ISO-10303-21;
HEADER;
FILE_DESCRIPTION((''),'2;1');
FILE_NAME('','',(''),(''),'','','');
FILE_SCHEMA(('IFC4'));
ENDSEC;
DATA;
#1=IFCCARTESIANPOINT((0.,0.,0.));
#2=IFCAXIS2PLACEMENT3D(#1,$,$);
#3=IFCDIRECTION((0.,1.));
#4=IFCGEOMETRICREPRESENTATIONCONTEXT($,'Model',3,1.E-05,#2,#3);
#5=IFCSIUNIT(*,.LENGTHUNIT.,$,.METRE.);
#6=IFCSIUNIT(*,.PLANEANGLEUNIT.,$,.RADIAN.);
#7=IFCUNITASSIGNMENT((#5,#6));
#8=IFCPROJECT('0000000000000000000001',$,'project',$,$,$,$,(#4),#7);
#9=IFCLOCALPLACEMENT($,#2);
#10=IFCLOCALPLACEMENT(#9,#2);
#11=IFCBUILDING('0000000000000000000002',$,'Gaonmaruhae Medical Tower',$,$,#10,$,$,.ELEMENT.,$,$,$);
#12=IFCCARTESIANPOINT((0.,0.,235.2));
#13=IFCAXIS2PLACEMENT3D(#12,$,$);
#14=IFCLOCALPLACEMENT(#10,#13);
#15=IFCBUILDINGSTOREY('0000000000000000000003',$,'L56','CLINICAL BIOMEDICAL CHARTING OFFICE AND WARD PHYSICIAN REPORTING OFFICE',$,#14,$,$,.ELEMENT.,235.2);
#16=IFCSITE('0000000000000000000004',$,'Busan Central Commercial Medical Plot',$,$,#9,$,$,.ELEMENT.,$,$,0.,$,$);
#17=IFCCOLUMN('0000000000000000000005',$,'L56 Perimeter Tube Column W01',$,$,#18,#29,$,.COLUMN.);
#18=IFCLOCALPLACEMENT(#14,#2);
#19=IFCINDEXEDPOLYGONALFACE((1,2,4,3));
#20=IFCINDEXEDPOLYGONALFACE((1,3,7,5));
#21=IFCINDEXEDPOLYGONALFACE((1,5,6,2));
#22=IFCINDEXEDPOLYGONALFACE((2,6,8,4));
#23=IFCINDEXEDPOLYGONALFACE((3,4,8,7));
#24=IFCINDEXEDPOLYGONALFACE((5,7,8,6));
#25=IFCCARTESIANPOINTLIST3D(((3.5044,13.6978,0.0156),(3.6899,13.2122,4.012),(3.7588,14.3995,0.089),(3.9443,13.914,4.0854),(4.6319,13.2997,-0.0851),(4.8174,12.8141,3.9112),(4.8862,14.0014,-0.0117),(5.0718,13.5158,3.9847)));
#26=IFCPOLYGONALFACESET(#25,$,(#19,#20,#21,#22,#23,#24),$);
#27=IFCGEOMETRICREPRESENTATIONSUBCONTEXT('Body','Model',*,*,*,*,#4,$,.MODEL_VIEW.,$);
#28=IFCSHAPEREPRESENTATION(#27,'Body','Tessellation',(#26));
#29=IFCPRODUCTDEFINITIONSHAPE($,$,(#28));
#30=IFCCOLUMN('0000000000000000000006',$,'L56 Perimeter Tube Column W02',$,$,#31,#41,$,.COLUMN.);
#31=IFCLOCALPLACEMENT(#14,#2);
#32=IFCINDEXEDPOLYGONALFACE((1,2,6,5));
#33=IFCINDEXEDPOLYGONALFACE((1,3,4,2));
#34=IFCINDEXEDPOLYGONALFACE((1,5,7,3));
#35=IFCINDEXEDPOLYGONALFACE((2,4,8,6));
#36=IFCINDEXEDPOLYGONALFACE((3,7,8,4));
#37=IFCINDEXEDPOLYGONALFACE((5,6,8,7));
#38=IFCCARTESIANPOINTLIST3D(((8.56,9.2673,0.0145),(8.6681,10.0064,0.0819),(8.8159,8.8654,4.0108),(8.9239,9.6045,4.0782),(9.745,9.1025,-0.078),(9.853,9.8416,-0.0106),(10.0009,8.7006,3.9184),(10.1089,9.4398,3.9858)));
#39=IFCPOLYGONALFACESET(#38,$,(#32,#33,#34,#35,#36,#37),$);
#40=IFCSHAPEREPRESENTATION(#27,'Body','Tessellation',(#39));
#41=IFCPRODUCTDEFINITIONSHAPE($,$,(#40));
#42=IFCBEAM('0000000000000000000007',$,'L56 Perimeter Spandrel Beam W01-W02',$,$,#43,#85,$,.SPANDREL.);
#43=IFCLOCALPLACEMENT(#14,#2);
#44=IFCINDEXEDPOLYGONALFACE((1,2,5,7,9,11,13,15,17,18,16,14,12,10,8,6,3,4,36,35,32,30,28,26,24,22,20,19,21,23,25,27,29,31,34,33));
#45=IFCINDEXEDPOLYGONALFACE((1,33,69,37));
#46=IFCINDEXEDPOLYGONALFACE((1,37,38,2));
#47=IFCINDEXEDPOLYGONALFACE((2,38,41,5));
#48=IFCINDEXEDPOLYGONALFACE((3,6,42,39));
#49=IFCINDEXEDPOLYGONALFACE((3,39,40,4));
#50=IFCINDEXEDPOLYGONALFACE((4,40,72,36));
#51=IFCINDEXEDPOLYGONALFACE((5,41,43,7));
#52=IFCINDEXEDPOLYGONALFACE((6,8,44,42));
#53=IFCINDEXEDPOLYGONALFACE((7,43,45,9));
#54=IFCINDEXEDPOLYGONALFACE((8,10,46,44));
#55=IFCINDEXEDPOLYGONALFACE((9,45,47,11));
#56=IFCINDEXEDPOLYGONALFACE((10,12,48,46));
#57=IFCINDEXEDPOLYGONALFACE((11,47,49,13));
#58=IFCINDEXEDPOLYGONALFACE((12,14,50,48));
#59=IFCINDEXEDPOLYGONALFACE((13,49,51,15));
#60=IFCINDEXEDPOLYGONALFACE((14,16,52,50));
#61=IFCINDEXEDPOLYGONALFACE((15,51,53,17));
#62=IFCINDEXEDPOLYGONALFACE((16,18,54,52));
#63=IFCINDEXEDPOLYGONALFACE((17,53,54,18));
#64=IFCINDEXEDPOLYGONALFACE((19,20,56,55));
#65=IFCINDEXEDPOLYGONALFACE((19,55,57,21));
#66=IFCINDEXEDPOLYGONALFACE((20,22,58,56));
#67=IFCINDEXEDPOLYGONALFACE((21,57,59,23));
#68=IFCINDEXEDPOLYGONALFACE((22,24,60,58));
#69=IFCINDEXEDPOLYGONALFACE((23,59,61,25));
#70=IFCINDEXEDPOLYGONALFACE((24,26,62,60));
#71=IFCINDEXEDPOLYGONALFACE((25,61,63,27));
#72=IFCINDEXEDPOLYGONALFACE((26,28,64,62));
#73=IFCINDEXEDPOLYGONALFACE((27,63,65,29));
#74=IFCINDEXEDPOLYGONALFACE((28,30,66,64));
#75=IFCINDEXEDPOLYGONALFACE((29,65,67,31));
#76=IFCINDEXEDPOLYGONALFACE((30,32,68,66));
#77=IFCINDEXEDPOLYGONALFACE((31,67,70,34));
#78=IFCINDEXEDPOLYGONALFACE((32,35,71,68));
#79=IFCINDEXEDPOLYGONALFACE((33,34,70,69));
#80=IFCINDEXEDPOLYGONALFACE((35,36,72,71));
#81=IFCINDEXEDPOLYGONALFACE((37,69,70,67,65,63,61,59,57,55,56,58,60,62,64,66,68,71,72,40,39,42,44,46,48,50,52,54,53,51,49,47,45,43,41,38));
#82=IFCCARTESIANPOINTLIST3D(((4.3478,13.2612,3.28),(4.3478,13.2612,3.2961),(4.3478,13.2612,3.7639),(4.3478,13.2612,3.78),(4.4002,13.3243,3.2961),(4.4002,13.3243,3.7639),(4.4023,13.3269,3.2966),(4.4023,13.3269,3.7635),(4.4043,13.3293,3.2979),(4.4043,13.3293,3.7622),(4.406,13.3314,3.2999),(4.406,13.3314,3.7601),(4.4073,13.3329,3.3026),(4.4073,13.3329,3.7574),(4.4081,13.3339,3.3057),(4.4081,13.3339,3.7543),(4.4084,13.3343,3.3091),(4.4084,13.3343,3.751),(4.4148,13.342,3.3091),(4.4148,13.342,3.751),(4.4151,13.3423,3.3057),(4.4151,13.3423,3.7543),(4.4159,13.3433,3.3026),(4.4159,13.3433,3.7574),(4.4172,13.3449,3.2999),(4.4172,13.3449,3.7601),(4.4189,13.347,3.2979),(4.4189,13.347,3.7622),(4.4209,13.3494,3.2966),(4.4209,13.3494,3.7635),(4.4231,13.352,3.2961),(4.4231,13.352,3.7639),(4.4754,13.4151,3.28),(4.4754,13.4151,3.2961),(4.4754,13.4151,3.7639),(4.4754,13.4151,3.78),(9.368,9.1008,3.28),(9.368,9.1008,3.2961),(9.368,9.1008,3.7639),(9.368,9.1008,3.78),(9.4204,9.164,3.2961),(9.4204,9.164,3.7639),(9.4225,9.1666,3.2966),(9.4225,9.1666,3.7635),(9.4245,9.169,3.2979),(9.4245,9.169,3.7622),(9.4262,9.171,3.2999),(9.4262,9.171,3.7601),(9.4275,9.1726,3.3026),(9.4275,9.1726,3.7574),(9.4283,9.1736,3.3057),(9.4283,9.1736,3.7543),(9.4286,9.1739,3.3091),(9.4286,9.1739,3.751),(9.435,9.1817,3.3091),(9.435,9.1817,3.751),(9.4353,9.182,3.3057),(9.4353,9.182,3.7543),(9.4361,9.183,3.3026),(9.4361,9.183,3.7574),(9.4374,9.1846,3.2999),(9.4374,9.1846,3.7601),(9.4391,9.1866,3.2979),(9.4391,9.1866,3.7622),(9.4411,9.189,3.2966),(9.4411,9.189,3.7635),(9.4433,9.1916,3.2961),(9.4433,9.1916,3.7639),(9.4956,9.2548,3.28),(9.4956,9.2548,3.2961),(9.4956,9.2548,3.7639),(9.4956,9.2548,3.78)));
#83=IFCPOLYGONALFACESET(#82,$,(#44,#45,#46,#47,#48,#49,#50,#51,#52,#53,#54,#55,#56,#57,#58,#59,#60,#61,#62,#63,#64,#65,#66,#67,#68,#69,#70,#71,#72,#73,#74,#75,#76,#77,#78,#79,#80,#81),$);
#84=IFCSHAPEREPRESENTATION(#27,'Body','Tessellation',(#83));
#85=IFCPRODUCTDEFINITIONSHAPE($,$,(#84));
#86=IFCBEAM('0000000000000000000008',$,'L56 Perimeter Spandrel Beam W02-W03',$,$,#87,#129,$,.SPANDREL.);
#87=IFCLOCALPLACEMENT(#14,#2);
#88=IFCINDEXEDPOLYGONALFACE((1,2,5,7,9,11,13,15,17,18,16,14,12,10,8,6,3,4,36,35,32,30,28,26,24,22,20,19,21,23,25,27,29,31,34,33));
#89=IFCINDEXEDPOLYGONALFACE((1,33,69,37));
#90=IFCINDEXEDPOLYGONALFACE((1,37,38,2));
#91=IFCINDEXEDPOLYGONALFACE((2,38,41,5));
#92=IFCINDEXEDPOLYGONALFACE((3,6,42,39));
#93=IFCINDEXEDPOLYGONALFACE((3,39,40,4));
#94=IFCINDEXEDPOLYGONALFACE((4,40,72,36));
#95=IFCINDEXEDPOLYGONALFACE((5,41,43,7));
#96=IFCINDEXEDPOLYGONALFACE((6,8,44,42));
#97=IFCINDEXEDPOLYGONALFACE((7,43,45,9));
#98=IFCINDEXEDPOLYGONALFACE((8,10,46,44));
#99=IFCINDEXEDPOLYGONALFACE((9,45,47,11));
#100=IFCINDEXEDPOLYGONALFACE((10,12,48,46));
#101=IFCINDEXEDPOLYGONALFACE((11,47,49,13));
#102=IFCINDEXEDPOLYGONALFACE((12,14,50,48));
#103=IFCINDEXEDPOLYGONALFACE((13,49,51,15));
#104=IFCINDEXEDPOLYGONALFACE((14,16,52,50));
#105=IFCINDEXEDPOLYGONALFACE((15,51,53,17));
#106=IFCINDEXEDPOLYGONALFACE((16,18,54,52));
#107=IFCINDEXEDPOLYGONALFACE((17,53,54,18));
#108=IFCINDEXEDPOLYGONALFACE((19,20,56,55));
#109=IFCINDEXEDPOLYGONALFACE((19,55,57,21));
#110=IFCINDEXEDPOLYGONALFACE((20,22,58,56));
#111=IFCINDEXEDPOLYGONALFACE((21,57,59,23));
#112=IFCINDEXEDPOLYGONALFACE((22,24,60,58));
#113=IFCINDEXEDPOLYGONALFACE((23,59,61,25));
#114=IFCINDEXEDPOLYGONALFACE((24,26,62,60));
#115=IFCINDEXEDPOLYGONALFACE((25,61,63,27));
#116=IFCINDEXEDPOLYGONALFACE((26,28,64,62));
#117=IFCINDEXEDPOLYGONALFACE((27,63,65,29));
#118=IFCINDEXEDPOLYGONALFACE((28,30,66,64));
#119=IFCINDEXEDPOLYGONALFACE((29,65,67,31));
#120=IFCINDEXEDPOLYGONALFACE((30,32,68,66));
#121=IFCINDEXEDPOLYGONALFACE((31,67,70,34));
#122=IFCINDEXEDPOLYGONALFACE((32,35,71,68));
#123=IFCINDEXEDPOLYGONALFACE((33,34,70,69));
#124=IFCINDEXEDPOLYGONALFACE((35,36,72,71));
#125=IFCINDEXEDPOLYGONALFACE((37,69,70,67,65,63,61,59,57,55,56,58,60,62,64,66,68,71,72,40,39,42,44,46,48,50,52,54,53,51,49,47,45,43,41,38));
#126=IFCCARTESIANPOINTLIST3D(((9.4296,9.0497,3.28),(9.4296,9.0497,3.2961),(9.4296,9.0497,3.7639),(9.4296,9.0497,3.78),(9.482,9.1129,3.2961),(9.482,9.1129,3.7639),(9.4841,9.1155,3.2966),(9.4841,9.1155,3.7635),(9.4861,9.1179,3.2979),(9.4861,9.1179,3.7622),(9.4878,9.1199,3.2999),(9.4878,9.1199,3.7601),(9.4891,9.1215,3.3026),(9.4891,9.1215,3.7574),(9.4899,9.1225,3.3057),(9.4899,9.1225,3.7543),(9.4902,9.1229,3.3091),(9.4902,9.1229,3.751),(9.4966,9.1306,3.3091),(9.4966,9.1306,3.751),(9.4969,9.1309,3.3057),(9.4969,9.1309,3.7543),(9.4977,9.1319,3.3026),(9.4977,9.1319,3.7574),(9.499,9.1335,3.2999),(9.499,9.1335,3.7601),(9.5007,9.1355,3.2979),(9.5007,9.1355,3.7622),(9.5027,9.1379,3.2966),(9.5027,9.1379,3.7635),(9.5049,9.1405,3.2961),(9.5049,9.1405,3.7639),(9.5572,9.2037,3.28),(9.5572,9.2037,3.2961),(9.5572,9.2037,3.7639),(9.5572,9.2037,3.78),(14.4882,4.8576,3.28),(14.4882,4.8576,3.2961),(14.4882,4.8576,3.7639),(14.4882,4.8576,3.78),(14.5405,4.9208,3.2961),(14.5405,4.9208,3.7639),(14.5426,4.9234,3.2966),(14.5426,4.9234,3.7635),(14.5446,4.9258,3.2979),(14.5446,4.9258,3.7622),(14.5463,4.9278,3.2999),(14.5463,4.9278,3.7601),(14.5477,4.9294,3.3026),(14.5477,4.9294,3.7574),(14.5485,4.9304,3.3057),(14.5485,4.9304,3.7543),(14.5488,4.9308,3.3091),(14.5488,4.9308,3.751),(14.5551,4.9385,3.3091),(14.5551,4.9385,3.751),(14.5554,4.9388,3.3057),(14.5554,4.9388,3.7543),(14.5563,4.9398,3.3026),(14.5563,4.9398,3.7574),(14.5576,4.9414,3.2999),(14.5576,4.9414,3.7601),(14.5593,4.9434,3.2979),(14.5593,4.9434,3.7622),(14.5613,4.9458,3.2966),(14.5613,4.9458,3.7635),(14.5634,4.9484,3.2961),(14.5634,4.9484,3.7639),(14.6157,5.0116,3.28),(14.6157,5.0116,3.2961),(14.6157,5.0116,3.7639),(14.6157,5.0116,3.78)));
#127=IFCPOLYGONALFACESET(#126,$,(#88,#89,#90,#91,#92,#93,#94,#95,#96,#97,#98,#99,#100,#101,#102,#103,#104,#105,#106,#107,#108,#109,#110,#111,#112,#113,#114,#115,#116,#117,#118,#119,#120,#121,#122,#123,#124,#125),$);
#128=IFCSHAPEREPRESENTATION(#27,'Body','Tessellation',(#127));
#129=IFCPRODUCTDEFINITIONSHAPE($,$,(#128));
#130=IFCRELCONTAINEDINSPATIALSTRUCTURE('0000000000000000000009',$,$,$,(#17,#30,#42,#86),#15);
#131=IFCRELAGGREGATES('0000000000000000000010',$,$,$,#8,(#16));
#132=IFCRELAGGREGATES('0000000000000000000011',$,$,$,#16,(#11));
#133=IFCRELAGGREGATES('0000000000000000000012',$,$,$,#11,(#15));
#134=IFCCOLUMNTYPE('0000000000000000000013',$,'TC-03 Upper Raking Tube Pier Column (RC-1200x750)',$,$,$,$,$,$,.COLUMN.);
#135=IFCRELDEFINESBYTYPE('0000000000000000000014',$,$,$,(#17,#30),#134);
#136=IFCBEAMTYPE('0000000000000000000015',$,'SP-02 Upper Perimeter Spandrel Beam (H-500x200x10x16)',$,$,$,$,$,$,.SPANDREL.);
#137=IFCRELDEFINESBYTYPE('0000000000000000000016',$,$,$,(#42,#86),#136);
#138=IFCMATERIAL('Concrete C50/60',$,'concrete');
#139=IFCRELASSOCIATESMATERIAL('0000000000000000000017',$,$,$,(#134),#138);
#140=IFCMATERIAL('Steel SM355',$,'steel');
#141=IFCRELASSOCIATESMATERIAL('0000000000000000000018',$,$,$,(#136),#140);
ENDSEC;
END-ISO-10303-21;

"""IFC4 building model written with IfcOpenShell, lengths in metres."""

from ifc_helpers import new_model, si_unit, direction, frame, origin, origin_2d, place, context, subcontext, project, spatial, rectangle, i_section, extrude, material, material_profile, profile_set, type_object, element, save


model = new_model("IFC4")

# Units and contexts
model_context = context("Model", 3, precision=1e-05, world=origin(), true_north=direction((0.0, 1.0)))
body_context = subcontext(model_context, "Body", "Model", "MODEL_VIEW")
ifc_project = project(units=[si_unit("LENGTHUNIT", "METRE"), si_unit("PLANEANGLEUNIT", "RADIAN")], contexts=[model_context])

# Site, building, storey
site_placement = place(None, origin())
site = spatial("IfcSite", under=ifc_project, at=site_placement, Name="Busan Central Commercial Medical Plot", CompositionType="ELEMENT", RefElevation=0.0)
building_placement = place(site_placement, origin())
building = spatial("IfcBuilding", under=site, at=building_placement, Name="Gaonmaruhae Medical Tower", CompositionType="ELEMENT")
storey_placement = place(building_placement, frame((0.0, 0.0, 235.2)))
storey = spatial("IfcBuildingStorey", under=building, at=storey_placement, Name="L56", Description="CLINICAL BIOMEDICAL CHARTING OFFICE AND WARD PHYSICIAN REPORTING OFFICE", CompositionType="ELEMENT", Elevation=235.2)

# Columns
ifc_material_1 = material(Name="Concrete C50/60", Category="concrete")
ifc_material_profile_1 = material_profile(ifc_material_1, rectangle(XDim=1.2, YDim=0.75, at=origin_2d()), Name="RC-1200x750")
ifc_profile_set_1 = profile_set([ifc_material_profile_1], Name="Concrete C50/60")
column_type = type_object("IfcColumnType", Name="TC-03 Upper Raking Tube Pier Column (RC-1200x750)", PredefinedType="COLUMN", material=ifc_profile_set_1)
column_1_placement = place(storey_placement, frame((4.1953, 13.8496, 0.002), z_axis=(0.046041, -0.120495, 0.991646), x_axis=(-0.9396, 0.33182, 0.083944)))
element("IfcColumn", 1, at=column_1_placement, inside=storey, type_object=column_type, Name="L56 Perimeter Tube Column W01", PredefinedType="COLUMN", context=body_context, shape_type="SweptSolid", body=[
    extrude(rectangle(XDim=1.2, YDim=0.75, at=origin_2d()), origin(), (0.0, 0.0, 1.0), 4.03),
])
column_2_placement = place(storey_placement, frame((9.2065, 9.5544, 0.002), z_axis=(0.063573, -0.099849, 0.99297), x_axis=(-0.987529, 0.137306, 0.077032)))
element("IfcColumn", 2, at=column_2_placement, inside=storey, type_object=column_type, Name="L56 Perimeter Tube Column W02", PredefinedType="COLUMN", context=body_context, shape_type="SweptSolid", body=[
    extrude(rectangle(XDim=1.2, YDim=0.75, at=origin_2d()), origin(), (0.0, 0.0, 1.0), 4.0247),
])

# Beams
ifc_material_2 = material(Name="Steel SM355", Category="steel")
ifc_material_profile_2 = material_profile(ifc_material_2, i_section(OverallWidth=0.2, OverallDepth=0.5, WebThickness=0.01, FlangeThickness=0.0161, FilletRadius=0.0129, at=origin_2d()), Name="H-500x200x10x16")
ifc_profile_set_2 = profile_set([ifc_material_profile_2], Name="Steel SM355")
beam_type = type_object("IfcBeamType", Name="SP-02 Upper Perimeter Spandrel Beam (H-500x200x10x16)", PredefinedType="SPANDREL", material=ifc_profile_set_2)
beam_1_placement = place(storey_placement, frame((4.4116, 13.3381, 3.53), z_axis=(0.769965, -0.638086, 0.0), x_axis=(0.638086, 0.769965, 0.0)))
element("IfcBeam", 3, at=beam_1_placement, inside=storey, type_object=beam_type, Name="L56 Perimeter Spandrel Beam W01-W02", PredefinedType="SPANDREL", context=body_context, shape_type="SweptSolid", body=[
    extrude(i_section(OverallWidth=0.2, OverallDepth=0.5, WebThickness=0.01, FlangeThickness=0.0161, FilletRadius=0.0129, at=origin_2d()), origin(), (0.0, 0.0, 1.0), 6.52),
])
beam_2_placement = place(storey_placement, frame((9.4934, 9.1267, 3.53), z_axis=(0.769967, -0.638084, 0.0), x_axis=(0.638084, 0.769967, 0.0)))
element("IfcBeam", 4, at=beam_2_placement, inside=storey, type_object=beam_type, Name="L56 Perimeter Spandrel Beam W02-W03", PredefinedType="SPANDREL", context=body_context, shape_type="SweptSolid", body=[
    extrude(i_section(OverallWidth=0.2, OverallDepth=0.5, WebThickness=0.01, FlangeThickness=0.0161, FilletRadius=0.0129, at=origin_2d()), origin(), (0.0, 0.0, 1.0), 6.5698),
])

save(model, "model.ifc")
